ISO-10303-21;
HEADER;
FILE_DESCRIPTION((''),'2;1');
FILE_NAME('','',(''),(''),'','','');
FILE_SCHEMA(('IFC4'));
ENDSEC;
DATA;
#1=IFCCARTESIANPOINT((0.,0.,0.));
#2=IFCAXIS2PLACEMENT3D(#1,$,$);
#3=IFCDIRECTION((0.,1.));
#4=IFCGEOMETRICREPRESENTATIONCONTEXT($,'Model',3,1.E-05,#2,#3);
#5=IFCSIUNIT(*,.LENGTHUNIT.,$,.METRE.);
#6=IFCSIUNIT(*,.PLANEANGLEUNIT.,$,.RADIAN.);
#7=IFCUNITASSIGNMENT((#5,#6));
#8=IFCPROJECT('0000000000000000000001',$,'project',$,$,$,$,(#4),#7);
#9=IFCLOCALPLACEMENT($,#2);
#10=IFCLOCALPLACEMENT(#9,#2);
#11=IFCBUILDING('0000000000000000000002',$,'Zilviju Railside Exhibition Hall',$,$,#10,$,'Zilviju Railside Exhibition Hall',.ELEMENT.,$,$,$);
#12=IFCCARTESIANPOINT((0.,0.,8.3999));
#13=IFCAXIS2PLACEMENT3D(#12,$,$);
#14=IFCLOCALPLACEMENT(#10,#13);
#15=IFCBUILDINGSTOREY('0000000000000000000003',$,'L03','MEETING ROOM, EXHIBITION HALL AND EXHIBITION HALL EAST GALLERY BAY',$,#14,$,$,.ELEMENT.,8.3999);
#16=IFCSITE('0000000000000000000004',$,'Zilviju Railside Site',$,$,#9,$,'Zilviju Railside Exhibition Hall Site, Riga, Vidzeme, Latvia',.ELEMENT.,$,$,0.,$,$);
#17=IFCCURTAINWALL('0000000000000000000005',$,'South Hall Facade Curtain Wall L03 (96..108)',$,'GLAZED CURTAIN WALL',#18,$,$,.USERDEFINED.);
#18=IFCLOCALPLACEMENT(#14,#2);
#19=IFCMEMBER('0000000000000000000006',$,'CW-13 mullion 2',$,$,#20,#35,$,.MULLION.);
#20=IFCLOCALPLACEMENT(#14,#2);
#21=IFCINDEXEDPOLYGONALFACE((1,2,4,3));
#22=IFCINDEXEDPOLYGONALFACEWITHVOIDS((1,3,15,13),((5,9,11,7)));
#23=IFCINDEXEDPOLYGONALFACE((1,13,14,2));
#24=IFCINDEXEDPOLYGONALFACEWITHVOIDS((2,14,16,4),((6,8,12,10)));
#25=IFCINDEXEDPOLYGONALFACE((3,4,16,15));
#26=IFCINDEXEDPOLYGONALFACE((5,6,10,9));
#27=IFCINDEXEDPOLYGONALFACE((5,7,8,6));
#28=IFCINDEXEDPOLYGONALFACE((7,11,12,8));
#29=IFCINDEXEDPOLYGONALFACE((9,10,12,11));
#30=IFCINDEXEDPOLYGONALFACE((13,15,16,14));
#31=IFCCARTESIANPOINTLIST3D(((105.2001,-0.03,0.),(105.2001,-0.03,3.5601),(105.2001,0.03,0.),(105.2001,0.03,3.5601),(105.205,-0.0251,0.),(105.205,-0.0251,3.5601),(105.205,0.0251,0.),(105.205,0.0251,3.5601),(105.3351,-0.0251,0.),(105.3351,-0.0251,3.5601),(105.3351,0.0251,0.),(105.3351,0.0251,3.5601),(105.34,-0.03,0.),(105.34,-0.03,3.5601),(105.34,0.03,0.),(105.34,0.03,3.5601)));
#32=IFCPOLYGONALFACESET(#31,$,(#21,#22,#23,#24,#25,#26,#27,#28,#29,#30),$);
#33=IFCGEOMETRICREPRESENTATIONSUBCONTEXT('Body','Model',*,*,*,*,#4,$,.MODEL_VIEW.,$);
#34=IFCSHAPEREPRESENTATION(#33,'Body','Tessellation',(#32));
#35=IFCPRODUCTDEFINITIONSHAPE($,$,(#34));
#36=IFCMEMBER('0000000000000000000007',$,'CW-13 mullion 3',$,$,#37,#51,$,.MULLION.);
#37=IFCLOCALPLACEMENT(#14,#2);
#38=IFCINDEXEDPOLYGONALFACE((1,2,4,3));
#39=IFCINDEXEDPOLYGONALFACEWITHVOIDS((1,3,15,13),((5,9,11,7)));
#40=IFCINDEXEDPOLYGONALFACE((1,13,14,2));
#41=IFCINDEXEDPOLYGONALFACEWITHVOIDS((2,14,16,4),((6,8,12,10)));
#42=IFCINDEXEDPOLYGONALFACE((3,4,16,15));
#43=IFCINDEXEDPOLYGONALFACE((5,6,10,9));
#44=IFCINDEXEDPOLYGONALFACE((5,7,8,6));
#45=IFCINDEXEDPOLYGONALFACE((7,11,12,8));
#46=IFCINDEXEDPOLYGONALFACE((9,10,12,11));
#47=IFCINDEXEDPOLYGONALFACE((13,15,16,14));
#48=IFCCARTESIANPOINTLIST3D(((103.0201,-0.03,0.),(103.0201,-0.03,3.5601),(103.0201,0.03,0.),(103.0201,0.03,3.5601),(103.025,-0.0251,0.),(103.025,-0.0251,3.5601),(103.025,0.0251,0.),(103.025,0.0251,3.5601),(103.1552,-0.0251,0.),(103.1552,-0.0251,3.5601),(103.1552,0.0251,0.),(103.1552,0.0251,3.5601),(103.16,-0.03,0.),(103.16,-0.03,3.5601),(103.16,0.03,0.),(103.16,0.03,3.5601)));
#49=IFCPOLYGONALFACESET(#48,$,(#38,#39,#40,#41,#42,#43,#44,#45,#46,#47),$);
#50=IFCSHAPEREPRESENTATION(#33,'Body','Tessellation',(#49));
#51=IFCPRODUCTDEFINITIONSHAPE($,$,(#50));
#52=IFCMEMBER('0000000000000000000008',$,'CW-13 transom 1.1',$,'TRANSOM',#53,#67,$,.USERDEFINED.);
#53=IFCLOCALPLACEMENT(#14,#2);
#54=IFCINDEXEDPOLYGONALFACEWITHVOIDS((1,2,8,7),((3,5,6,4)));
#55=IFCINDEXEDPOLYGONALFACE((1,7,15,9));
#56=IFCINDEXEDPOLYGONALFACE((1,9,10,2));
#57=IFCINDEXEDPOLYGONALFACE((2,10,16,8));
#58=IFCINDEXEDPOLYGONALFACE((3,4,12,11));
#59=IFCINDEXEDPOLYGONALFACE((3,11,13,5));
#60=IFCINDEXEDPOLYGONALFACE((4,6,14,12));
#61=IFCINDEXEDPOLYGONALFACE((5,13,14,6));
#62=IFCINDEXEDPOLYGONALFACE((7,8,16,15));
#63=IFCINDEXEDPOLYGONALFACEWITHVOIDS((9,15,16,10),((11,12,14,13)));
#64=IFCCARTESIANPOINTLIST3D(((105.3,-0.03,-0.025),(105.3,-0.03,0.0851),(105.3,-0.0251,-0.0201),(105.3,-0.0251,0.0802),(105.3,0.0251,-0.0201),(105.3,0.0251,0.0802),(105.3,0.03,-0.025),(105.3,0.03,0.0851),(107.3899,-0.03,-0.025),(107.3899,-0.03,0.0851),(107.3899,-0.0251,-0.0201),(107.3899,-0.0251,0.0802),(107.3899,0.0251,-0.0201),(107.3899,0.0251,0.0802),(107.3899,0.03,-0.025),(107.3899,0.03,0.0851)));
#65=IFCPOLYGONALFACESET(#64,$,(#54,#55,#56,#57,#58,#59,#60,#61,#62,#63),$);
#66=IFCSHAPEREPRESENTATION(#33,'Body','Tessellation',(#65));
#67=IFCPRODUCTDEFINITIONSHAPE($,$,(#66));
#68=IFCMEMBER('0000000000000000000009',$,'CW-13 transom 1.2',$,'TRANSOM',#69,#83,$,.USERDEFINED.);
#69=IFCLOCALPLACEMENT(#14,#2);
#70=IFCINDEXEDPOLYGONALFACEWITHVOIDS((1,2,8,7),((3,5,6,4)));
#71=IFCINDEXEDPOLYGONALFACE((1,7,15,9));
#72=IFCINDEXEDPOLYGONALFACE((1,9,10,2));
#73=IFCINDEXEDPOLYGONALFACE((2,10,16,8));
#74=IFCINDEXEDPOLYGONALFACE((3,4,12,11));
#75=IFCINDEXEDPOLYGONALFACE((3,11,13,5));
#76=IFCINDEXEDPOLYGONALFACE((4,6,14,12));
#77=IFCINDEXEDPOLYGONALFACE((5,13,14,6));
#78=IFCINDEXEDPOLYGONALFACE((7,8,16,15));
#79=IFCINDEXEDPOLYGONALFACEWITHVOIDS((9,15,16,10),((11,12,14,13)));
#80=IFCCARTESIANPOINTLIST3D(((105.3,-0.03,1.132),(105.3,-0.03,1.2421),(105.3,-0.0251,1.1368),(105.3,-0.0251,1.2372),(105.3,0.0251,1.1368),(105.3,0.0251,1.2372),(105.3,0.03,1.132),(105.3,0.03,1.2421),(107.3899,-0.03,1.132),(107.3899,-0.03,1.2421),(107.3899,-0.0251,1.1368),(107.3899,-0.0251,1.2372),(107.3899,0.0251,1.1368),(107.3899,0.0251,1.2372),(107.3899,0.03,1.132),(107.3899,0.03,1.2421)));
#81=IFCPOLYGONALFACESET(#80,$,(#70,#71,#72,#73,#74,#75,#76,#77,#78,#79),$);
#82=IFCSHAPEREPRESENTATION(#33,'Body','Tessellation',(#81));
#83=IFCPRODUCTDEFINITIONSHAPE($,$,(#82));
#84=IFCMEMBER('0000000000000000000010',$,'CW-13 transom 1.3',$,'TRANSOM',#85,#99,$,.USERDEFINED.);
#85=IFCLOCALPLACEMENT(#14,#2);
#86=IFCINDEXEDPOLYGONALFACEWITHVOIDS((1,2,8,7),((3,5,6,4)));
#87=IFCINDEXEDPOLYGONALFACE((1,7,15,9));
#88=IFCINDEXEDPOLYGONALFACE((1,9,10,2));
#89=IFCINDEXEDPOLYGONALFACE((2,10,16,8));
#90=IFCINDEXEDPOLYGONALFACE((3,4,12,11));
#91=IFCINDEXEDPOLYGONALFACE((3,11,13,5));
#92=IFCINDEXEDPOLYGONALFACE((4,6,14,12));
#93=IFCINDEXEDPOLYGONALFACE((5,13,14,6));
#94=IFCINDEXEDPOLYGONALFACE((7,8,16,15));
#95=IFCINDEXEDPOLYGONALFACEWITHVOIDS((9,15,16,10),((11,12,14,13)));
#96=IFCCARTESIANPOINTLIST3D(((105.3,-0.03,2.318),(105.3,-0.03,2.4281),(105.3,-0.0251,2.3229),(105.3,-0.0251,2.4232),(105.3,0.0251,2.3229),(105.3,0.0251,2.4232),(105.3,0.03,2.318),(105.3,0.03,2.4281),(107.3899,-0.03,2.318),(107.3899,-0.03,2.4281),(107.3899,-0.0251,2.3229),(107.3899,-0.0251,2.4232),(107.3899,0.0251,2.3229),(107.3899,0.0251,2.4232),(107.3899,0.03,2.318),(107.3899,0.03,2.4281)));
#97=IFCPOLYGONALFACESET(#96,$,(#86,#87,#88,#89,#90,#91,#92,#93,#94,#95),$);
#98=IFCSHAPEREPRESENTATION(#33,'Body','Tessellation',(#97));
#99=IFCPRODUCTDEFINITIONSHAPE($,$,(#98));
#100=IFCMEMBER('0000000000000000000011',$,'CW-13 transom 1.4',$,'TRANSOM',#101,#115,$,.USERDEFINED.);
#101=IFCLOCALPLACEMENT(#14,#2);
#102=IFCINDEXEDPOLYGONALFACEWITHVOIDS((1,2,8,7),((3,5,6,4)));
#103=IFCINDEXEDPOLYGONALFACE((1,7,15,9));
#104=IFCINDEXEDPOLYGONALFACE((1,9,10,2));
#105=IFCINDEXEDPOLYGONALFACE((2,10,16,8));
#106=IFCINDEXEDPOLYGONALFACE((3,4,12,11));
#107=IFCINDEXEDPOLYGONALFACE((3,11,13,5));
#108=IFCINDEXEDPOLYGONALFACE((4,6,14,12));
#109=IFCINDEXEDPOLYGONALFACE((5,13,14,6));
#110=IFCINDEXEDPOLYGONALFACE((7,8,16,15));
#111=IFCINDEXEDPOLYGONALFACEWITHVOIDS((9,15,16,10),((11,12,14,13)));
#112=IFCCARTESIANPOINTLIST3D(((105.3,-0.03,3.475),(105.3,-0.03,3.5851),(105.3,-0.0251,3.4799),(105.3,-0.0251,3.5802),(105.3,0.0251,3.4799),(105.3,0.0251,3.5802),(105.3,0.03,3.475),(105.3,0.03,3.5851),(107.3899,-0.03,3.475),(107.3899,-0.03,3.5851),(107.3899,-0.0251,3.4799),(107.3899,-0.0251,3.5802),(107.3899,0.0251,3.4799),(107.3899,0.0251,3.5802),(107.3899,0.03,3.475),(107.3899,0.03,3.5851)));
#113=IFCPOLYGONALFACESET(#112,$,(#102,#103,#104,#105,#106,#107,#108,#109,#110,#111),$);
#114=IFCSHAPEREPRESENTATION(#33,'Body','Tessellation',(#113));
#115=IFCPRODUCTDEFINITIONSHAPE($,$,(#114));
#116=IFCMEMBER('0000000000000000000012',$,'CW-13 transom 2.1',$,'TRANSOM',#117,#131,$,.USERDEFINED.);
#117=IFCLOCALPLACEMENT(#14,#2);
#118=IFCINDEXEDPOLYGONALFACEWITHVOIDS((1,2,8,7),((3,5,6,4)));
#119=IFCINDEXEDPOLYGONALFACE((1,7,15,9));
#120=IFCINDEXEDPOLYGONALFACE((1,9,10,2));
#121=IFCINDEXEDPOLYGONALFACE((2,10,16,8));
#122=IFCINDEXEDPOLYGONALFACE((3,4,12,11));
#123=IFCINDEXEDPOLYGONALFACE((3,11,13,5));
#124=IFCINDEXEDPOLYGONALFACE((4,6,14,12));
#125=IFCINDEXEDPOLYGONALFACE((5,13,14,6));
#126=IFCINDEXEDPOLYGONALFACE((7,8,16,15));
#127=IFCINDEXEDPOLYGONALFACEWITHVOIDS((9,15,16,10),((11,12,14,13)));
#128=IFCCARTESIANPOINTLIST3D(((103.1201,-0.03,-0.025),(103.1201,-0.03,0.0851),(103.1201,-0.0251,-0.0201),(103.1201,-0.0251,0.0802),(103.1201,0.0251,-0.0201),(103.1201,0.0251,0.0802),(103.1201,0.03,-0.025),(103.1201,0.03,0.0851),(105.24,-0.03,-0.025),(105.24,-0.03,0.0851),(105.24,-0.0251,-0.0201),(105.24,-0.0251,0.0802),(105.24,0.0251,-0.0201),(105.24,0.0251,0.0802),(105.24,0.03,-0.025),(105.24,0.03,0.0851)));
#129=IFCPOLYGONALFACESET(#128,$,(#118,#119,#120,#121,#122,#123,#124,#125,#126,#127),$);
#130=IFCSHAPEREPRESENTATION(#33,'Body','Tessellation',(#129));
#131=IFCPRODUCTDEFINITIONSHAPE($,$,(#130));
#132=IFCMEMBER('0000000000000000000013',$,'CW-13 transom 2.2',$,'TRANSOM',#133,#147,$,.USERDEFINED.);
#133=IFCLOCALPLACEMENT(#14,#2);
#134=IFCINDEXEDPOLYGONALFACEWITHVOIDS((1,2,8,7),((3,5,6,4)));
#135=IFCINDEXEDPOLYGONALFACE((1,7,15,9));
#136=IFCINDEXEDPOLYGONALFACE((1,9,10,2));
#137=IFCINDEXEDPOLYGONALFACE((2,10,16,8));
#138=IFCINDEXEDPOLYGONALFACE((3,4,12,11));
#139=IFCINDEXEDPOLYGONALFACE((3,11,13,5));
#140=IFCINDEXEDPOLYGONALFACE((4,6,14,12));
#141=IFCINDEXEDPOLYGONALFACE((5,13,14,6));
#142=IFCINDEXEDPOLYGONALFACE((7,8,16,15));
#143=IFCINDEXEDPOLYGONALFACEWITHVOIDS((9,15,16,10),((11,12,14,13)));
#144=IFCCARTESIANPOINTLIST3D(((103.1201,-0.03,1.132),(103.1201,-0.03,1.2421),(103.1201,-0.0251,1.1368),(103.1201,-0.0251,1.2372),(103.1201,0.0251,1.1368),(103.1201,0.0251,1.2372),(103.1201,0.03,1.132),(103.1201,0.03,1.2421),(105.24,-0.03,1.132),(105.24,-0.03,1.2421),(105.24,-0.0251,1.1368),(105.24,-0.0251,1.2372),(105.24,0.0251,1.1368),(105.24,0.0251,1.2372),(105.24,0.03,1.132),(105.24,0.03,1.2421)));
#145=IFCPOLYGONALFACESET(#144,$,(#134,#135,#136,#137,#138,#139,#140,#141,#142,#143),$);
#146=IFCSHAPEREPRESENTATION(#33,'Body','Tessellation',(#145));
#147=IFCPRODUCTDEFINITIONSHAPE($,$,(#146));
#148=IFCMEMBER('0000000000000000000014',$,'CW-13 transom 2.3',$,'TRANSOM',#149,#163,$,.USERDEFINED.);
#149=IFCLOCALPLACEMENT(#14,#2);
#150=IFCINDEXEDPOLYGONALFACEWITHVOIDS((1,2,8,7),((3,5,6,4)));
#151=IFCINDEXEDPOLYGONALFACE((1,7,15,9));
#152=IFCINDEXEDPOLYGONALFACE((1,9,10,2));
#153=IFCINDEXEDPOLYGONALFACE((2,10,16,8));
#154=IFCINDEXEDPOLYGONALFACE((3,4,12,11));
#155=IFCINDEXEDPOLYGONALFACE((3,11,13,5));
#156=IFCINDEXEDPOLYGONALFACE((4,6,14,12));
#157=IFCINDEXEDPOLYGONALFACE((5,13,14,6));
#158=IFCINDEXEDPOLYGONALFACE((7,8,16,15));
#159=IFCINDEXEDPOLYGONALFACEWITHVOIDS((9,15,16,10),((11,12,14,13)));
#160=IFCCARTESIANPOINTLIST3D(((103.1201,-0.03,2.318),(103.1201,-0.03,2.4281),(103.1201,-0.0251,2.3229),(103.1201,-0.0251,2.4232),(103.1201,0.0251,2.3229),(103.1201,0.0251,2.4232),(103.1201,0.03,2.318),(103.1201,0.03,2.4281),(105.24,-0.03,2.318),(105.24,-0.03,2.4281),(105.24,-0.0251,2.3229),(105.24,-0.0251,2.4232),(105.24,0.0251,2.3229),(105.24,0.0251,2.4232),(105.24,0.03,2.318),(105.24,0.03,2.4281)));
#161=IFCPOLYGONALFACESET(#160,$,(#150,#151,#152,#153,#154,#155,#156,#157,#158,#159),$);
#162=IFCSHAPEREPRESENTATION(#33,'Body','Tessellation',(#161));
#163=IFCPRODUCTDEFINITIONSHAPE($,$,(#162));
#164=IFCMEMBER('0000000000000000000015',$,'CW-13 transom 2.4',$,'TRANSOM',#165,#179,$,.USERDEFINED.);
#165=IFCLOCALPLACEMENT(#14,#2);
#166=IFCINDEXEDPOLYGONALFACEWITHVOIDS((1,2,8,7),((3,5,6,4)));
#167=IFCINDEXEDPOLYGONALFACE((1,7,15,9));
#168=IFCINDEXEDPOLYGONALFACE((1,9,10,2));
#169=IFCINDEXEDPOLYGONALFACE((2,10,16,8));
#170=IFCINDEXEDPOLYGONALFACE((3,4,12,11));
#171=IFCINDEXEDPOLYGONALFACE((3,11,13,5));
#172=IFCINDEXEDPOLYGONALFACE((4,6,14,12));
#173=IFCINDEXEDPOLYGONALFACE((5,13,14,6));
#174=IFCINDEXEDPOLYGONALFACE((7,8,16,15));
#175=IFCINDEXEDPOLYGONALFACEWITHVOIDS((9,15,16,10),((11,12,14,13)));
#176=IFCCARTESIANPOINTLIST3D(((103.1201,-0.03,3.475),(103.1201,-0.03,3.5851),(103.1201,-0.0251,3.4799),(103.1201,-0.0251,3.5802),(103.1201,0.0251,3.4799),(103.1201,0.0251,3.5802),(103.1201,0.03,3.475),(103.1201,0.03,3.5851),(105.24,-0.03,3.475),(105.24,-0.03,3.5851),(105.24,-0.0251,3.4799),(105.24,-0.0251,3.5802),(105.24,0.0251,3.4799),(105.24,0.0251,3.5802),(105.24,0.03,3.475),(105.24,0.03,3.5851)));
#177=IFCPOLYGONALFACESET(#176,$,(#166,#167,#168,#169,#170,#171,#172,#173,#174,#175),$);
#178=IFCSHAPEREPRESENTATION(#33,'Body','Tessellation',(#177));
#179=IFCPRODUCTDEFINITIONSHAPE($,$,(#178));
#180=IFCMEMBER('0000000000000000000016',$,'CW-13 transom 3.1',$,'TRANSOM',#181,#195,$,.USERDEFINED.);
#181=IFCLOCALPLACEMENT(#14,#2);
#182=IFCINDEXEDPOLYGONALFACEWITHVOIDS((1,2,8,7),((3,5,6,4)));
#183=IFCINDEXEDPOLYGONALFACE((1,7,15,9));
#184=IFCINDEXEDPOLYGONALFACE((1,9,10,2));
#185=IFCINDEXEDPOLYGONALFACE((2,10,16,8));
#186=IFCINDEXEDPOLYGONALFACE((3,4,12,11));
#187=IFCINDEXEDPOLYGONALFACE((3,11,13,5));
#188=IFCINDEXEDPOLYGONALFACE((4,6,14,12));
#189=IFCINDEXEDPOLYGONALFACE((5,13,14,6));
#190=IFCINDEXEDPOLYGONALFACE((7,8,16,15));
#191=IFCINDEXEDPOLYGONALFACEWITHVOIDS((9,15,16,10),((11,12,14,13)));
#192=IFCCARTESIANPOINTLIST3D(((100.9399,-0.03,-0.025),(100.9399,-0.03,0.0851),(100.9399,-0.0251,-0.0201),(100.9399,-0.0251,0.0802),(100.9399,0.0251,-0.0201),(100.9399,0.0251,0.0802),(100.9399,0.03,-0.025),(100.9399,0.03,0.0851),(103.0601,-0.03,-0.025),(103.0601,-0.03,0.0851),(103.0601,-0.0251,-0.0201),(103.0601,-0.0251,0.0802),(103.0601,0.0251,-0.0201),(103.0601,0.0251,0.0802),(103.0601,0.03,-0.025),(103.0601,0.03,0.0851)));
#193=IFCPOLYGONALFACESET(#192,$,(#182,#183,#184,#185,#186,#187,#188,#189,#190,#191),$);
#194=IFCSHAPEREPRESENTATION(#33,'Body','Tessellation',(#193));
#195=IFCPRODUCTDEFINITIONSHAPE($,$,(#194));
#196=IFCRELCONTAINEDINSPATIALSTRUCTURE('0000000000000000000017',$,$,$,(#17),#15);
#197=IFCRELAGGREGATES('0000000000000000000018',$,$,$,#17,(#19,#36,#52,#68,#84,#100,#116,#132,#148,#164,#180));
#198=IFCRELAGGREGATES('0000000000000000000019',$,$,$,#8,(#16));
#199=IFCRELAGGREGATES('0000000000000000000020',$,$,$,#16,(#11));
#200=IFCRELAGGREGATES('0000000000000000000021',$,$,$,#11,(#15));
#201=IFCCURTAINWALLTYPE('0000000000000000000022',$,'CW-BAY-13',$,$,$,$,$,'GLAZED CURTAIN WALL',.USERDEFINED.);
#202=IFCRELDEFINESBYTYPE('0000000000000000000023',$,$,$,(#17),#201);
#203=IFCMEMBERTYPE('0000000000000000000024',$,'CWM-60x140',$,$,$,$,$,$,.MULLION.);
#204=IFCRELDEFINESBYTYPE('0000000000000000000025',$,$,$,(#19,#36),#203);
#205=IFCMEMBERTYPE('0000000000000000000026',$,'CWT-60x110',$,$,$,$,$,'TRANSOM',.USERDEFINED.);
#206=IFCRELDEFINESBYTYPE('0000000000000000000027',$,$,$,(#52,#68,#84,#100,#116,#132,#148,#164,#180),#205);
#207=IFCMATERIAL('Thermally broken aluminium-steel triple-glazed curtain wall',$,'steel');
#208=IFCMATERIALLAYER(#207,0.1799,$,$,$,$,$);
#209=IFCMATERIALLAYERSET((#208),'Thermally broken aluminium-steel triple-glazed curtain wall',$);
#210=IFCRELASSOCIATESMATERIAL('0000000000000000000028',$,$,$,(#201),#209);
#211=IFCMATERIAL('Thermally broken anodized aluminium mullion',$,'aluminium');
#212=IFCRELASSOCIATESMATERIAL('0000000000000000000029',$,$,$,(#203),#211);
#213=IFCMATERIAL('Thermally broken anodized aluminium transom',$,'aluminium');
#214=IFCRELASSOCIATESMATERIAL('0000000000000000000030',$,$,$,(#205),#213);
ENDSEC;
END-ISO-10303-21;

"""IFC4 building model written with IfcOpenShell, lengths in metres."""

from ifc_helpers import new_model, si_unit, direction, frame, origin, origin_2d, place, context, subcontext, project, spatial, hollow_rectangle, extrude, material, layer, layer_set, material_profile, profile_set, type_object, element, aggregate, save


model = new_model("IFC4")

# Units and contexts
model_context = context("Model", 3, precision=1e-05, world=origin(), true_north=direction((0.0, 1.0)))
body_context = subcontext(model_context, "Body", "Model", "MODEL_VIEW")
ifc_project = project(units=[si_unit("LENGTHUNIT", "METRE"), si_unit("PLANEANGLEUNIT", "RADIAN")], contexts=[model_context])

# Site, building, storey
site_placement = place(None, origin())
site = spatial("IfcSite", under=ifc_project, at=site_placement, Name="Zilviju Railside Site", LongName="Zilviju Railside Exhibition Hall Site, Riga, Vidzeme, Latvia", CompositionType="ELEMENT", RefElevation=0.0)
building_placement = place(site_placement, origin())
building = spatial("IfcBuilding", under=site, at=building_placement, Name="Zilviju Railside Exhibition Hall", LongName="Zilviju Railside Exhibition Hall", CompositionType="ELEMENT")
storey_placement = place(building_placement, frame((0.0, 0.0, 8.3999)))
storey = spatial("IfcBuildingStorey", under=building, at=storey_placement, Name="L03", Description="MEETING ROOM, EXHIBITION HALL AND EXHIBITION HALL EAST GALLERY BAY", CompositionType="ELEMENT", Elevation=8.3999)

# Curtain wall, members
ifc_material_1 = material(Name="Thermally broken aluminium-steel triple-glazed curtain wall", Category="steel")
ifc_layer_1 = layer(ifc_material_1, 0.1799)
ifc_layer_set_1 = layer_set([ifc_layer_1], Name="Thermally broken aluminium-steel triple-glazed curtain wall")
curtain_wall_type = type_object("IfcCurtainWallType", Name="CW-BAY-13", ElementType="GLAZED CURTAIN WALL", PredefinedType="USERDEFINED", material=ifc_layer_set_1)
curtain_wall_placement = place(storey_placement, origin())
curtain_wall = element("IfcCurtainWall", 1, at=curtain_wall_placement, inside=storey, type_object=curtain_wall_type, Name="South Hall Facade Curtain Wall L03 (96..108)", ObjectType="GLAZED CURTAIN WALL", PredefinedType="USERDEFINED")
ifc_material_2 = material(Name="Thermally broken anodized aluminium mullion", Category="aluminium")
ifc_material_profile_1 = material_profile(ifc_material_2, hollow_rectangle(XDim=0.0601, YDim=0.1399, WallThickness=0.0049, at=origin_2d()), Name="MULLION 140x60x5")
ifc_profile_set_1 = profile_set([ifc_material_profile_1], Name="Thermally broken anodized aluminium mullion")
member_type_1 = type_object("IfcMemberType", Name="CWM-60x140", PredefinedType="MULLION", material=ifc_profile_set_1)
member_1_placement = place(storey_placement, frame((105.27, 0.0, 0.0), z_axis=(0.0, 0.0, 1.0), x_axis=(0.0, -1.0, 0.0)))
member_1 = element("IfcMember", 2, at=member_1_placement, type_object=member_type_1, Name="CW-13 mullion 2", PredefinedType="MULLION", context=body_context, shape_type="SweptSolid", body=[
    extrude(hollow_rectangle(XDim=0.0601, YDim=0.1399, WallThickness=0.0049, at=origin_2d()), origin(), (0.0, 0.0, 1.0), 3.5601),
])
member_2_placement = place(storey_placement, frame((103.0901, 0.0, 0.0), z_axis=(0.0, 0.0, 1.0), x_axis=(0.0, -1.0, 0.0)))
member_2 = element("IfcMember", 3, at=member_2_placement, type_object=member_type_1, Name="CW-13 mullion 3", PredefinedType="MULLION", context=body_context, shape_type="SweptSolid", body=[
    extrude(hollow_rectangle(XDim=0.0601, YDim=0.1399, WallThickness=0.0049, at=origin_2d()), origin(), (0.0, 0.0, 1.0), 3.5601),
])
ifc_material_3 = material(Name="Thermally broken anodized aluminium transom", Category="aluminium")
ifc_material_profile_2 = material_profile(ifc_material_3, hollow_rectangle(XDim=0.0601, YDim=0.1101, WallThickness=0.0049, at=origin_2d()), Name="TRANSOM 110x60x5")
ifc_profile_set_2 = profile_set([ifc_material_profile_2], Name="Thermally broken anodized aluminium transom")
member_type_2 = type_object("IfcMemberType", Name="CWT-60x110", ElementType="TRANSOM", PredefinedType="USERDEFINED", material=ifc_profile_set_2)
member_3_placement = place(storey_placement, frame((107.3899, 0.0, 0.03), z_axis=(-1.0, 0.0, 0.0), x_axis=(0.0, -1.0, 0.0)))
member_3 = element("IfcMember", 4, at=member_3_placement, type_object=member_type_2, Name="CW-13 transom 1.1", ObjectType="TRANSOM", PredefinedType="USERDEFINED", context=body_context, shape_type="SweptSolid", body=[
    extrude(hollow_rectangle(XDim=0.0601, YDim=0.1101, WallThickness=0.0049, at=origin_2d()), origin(), (0.0, 0.0, 1.0), 2.0898),
])
member_4_placement = place(storey_placement, frame((107.3899, 0.0, 1.187), z_axis=(-1.0, 0.0, 0.0), x_axis=(0.0, -1.0, 0.0)))
member_4 = element("IfcMember", 5, at=member_4_placement, type_object=member_type_2, Name="CW-13 transom 1.2", ObjectType="TRANSOM", PredefinedType="USERDEFINED", context=body_context, shape_type="SweptSolid", body=[
    extrude(hollow_rectangle(XDim=0.0601, YDim=0.1101, WallThickness=0.0049, at=origin_2d()), origin(), (0.0, 0.0, 1.0), 2.0898),
])
member_5_placement = place(storey_placement, frame((107.3899, 0.0, 2.373), z_axis=(-1.0, 0.0, 0.0), x_axis=(0.0, -1.0, 0.0)))
member_5 = element("IfcMember", 6, at=member_5_placement, type_object=member_type_2, Name="CW-13 transom 1.3", ObjectType="TRANSOM", PredefinedType="USERDEFINED", context=body_context, shape_type="SweptSolid", body=[
    extrude(hollow_rectangle(XDim=0.0601, YDim=0.1101, WallThickness=0.0049, at=origin_2d()), origin(), (0.0, 0.0, 1.0), 2.0898),
])
member_6_placement = place(storey_placement, frame((107.3899, 0.0, 3.53), z_axis=(-1.0, 0.0, 0.0), x_axis=(0.0, -1.0, 0.0)))
member_6 = element("IfcMember", 7, at=member_6_placement, type_object=member_type_2, Name="CW-13 transom 1.4", ObjectType="TRANSOM", PredefinedType="USERDEFINED", context=body_context, shape_type="SweptSolid", body=[
    extrude(hollow_rectangle(XDim=0.0601, YDim=0.1101, WallThickness=0.0049, at=origin_2d()), origin(), (0.0, 0.0, 1.0), 2.0898),
])
member_7_placement = place(storey_placement, frame((105.24, 0.0, 0.03), z_axis=(-1.0, 0.0, 0.0), x_axis=(0.0, -1.0, 0.0)))
member_7 = element("IfcMember", 8, at=member_7_placement, type_object=member_type_2, Name="CW-13 transom 2.1", ObjectType="TRANSOM", PredefinedType="USERDEFINED", context=body_context, shape_type="SweptSolid", body=[
    extrude(hollow_rectangle(XDim=0.0601, YDim=0.1101, WallThickness=0.0049, at=origin_2d()), origin(), (0.0, 0.0, 1.0), 2.1199),
])
member_8_placement = place(storey_placement, frame((105.24, 0.0, 1.187), z_axis=(-1.0, 0.0, 0.0), x_axis=(0.0, -1.0, 0.0)))
member_8 = element("IfcMember", 9, at=member_8_placement, type_object=member_type_2, Name="CW-13 transom 2.2", ObjectType="TRANSOM", PredefinedType="USERDEFINED", context=body_context, shape_type="SweptSolid", body=[
    extrude(hollow_rectangle(XDim=0.0601, YDim=0.1101, WallThickness=0.0049, at=origin_2d()), origin(), (0.0, 0.0, 1.0), 2.1199),
])
member_9_placement = place(storey_placement, frame((105.24, 0.0, 2.373), z_axis=(-1.0, 0.0, 0.0), x_axis=(0.0, -1.0, 0.0)))
member_9 = element("IfcMember", 10, at=member_9_placement, type_object=member_type_2, Name="CW-13 transom 2.3", ObjectType="TRANSOM", PredefinedType="USERDEFINED", context=body_context, shape_type="SweptSolid", body=[
    extrude(hollow_rectangle(XDim=0.0601, YDim=0.1101, WallThickness=0.0049, at=origin_2d()), origin(), (0.0, 0.0, 1.0), 2.1199),
])
member_10_placement = place(storey_placement, frame((105.24, 0.0, 3.53), z_axis=(-1.0, 0.0, 0.0), x_axis=(0.0, -1.0, 0.0)))
member_10 = element("IfcMember", 11, at=member_10_placement, type_object=member_type_2, Name="CW-13 transom 2.4", ObjectType="TRANSOM", PredefinedType="USERDEFINED", context=body_context, shape_type="SweptSolid", body=[
    extrude(hollow_rectangle(XDim=0.0601, YDim=0.1101, WallThickness=0.0049, at=origin_2d()), origin(), (0.0, 0.0, 1.0), 2.1199),
])
member_11_placement = place(storey_placement, frame((103.0601, 0.0, 0.03), z_axis=(-1.0, 0.0, 0.0), x_axis=(0.0, -1.0, 0.0)))
member_11 = element("IfcMember", 12, at=member_11_placement, type_object=member_type_2, Name="CW-13 transom 3.1", ObjectType="TRANSOM", PredefinedType="USERDEFINED", context=body_context, shape_type="SweptSolid", body=[
    extrude(hollow_rectangle(XDim=0.0601, YDim=0.1101, WallThickness=0.0049, at=origin_2d()), origin(), (0.0, 0.0, 1.0), 2.1201),
])
aggregate(curtain_wall, [member_1, member_2, member_3, member_4, member_5, member_6, member_7, member_8, member_9, member_10, member_11])

save(model, "model.ifc")
